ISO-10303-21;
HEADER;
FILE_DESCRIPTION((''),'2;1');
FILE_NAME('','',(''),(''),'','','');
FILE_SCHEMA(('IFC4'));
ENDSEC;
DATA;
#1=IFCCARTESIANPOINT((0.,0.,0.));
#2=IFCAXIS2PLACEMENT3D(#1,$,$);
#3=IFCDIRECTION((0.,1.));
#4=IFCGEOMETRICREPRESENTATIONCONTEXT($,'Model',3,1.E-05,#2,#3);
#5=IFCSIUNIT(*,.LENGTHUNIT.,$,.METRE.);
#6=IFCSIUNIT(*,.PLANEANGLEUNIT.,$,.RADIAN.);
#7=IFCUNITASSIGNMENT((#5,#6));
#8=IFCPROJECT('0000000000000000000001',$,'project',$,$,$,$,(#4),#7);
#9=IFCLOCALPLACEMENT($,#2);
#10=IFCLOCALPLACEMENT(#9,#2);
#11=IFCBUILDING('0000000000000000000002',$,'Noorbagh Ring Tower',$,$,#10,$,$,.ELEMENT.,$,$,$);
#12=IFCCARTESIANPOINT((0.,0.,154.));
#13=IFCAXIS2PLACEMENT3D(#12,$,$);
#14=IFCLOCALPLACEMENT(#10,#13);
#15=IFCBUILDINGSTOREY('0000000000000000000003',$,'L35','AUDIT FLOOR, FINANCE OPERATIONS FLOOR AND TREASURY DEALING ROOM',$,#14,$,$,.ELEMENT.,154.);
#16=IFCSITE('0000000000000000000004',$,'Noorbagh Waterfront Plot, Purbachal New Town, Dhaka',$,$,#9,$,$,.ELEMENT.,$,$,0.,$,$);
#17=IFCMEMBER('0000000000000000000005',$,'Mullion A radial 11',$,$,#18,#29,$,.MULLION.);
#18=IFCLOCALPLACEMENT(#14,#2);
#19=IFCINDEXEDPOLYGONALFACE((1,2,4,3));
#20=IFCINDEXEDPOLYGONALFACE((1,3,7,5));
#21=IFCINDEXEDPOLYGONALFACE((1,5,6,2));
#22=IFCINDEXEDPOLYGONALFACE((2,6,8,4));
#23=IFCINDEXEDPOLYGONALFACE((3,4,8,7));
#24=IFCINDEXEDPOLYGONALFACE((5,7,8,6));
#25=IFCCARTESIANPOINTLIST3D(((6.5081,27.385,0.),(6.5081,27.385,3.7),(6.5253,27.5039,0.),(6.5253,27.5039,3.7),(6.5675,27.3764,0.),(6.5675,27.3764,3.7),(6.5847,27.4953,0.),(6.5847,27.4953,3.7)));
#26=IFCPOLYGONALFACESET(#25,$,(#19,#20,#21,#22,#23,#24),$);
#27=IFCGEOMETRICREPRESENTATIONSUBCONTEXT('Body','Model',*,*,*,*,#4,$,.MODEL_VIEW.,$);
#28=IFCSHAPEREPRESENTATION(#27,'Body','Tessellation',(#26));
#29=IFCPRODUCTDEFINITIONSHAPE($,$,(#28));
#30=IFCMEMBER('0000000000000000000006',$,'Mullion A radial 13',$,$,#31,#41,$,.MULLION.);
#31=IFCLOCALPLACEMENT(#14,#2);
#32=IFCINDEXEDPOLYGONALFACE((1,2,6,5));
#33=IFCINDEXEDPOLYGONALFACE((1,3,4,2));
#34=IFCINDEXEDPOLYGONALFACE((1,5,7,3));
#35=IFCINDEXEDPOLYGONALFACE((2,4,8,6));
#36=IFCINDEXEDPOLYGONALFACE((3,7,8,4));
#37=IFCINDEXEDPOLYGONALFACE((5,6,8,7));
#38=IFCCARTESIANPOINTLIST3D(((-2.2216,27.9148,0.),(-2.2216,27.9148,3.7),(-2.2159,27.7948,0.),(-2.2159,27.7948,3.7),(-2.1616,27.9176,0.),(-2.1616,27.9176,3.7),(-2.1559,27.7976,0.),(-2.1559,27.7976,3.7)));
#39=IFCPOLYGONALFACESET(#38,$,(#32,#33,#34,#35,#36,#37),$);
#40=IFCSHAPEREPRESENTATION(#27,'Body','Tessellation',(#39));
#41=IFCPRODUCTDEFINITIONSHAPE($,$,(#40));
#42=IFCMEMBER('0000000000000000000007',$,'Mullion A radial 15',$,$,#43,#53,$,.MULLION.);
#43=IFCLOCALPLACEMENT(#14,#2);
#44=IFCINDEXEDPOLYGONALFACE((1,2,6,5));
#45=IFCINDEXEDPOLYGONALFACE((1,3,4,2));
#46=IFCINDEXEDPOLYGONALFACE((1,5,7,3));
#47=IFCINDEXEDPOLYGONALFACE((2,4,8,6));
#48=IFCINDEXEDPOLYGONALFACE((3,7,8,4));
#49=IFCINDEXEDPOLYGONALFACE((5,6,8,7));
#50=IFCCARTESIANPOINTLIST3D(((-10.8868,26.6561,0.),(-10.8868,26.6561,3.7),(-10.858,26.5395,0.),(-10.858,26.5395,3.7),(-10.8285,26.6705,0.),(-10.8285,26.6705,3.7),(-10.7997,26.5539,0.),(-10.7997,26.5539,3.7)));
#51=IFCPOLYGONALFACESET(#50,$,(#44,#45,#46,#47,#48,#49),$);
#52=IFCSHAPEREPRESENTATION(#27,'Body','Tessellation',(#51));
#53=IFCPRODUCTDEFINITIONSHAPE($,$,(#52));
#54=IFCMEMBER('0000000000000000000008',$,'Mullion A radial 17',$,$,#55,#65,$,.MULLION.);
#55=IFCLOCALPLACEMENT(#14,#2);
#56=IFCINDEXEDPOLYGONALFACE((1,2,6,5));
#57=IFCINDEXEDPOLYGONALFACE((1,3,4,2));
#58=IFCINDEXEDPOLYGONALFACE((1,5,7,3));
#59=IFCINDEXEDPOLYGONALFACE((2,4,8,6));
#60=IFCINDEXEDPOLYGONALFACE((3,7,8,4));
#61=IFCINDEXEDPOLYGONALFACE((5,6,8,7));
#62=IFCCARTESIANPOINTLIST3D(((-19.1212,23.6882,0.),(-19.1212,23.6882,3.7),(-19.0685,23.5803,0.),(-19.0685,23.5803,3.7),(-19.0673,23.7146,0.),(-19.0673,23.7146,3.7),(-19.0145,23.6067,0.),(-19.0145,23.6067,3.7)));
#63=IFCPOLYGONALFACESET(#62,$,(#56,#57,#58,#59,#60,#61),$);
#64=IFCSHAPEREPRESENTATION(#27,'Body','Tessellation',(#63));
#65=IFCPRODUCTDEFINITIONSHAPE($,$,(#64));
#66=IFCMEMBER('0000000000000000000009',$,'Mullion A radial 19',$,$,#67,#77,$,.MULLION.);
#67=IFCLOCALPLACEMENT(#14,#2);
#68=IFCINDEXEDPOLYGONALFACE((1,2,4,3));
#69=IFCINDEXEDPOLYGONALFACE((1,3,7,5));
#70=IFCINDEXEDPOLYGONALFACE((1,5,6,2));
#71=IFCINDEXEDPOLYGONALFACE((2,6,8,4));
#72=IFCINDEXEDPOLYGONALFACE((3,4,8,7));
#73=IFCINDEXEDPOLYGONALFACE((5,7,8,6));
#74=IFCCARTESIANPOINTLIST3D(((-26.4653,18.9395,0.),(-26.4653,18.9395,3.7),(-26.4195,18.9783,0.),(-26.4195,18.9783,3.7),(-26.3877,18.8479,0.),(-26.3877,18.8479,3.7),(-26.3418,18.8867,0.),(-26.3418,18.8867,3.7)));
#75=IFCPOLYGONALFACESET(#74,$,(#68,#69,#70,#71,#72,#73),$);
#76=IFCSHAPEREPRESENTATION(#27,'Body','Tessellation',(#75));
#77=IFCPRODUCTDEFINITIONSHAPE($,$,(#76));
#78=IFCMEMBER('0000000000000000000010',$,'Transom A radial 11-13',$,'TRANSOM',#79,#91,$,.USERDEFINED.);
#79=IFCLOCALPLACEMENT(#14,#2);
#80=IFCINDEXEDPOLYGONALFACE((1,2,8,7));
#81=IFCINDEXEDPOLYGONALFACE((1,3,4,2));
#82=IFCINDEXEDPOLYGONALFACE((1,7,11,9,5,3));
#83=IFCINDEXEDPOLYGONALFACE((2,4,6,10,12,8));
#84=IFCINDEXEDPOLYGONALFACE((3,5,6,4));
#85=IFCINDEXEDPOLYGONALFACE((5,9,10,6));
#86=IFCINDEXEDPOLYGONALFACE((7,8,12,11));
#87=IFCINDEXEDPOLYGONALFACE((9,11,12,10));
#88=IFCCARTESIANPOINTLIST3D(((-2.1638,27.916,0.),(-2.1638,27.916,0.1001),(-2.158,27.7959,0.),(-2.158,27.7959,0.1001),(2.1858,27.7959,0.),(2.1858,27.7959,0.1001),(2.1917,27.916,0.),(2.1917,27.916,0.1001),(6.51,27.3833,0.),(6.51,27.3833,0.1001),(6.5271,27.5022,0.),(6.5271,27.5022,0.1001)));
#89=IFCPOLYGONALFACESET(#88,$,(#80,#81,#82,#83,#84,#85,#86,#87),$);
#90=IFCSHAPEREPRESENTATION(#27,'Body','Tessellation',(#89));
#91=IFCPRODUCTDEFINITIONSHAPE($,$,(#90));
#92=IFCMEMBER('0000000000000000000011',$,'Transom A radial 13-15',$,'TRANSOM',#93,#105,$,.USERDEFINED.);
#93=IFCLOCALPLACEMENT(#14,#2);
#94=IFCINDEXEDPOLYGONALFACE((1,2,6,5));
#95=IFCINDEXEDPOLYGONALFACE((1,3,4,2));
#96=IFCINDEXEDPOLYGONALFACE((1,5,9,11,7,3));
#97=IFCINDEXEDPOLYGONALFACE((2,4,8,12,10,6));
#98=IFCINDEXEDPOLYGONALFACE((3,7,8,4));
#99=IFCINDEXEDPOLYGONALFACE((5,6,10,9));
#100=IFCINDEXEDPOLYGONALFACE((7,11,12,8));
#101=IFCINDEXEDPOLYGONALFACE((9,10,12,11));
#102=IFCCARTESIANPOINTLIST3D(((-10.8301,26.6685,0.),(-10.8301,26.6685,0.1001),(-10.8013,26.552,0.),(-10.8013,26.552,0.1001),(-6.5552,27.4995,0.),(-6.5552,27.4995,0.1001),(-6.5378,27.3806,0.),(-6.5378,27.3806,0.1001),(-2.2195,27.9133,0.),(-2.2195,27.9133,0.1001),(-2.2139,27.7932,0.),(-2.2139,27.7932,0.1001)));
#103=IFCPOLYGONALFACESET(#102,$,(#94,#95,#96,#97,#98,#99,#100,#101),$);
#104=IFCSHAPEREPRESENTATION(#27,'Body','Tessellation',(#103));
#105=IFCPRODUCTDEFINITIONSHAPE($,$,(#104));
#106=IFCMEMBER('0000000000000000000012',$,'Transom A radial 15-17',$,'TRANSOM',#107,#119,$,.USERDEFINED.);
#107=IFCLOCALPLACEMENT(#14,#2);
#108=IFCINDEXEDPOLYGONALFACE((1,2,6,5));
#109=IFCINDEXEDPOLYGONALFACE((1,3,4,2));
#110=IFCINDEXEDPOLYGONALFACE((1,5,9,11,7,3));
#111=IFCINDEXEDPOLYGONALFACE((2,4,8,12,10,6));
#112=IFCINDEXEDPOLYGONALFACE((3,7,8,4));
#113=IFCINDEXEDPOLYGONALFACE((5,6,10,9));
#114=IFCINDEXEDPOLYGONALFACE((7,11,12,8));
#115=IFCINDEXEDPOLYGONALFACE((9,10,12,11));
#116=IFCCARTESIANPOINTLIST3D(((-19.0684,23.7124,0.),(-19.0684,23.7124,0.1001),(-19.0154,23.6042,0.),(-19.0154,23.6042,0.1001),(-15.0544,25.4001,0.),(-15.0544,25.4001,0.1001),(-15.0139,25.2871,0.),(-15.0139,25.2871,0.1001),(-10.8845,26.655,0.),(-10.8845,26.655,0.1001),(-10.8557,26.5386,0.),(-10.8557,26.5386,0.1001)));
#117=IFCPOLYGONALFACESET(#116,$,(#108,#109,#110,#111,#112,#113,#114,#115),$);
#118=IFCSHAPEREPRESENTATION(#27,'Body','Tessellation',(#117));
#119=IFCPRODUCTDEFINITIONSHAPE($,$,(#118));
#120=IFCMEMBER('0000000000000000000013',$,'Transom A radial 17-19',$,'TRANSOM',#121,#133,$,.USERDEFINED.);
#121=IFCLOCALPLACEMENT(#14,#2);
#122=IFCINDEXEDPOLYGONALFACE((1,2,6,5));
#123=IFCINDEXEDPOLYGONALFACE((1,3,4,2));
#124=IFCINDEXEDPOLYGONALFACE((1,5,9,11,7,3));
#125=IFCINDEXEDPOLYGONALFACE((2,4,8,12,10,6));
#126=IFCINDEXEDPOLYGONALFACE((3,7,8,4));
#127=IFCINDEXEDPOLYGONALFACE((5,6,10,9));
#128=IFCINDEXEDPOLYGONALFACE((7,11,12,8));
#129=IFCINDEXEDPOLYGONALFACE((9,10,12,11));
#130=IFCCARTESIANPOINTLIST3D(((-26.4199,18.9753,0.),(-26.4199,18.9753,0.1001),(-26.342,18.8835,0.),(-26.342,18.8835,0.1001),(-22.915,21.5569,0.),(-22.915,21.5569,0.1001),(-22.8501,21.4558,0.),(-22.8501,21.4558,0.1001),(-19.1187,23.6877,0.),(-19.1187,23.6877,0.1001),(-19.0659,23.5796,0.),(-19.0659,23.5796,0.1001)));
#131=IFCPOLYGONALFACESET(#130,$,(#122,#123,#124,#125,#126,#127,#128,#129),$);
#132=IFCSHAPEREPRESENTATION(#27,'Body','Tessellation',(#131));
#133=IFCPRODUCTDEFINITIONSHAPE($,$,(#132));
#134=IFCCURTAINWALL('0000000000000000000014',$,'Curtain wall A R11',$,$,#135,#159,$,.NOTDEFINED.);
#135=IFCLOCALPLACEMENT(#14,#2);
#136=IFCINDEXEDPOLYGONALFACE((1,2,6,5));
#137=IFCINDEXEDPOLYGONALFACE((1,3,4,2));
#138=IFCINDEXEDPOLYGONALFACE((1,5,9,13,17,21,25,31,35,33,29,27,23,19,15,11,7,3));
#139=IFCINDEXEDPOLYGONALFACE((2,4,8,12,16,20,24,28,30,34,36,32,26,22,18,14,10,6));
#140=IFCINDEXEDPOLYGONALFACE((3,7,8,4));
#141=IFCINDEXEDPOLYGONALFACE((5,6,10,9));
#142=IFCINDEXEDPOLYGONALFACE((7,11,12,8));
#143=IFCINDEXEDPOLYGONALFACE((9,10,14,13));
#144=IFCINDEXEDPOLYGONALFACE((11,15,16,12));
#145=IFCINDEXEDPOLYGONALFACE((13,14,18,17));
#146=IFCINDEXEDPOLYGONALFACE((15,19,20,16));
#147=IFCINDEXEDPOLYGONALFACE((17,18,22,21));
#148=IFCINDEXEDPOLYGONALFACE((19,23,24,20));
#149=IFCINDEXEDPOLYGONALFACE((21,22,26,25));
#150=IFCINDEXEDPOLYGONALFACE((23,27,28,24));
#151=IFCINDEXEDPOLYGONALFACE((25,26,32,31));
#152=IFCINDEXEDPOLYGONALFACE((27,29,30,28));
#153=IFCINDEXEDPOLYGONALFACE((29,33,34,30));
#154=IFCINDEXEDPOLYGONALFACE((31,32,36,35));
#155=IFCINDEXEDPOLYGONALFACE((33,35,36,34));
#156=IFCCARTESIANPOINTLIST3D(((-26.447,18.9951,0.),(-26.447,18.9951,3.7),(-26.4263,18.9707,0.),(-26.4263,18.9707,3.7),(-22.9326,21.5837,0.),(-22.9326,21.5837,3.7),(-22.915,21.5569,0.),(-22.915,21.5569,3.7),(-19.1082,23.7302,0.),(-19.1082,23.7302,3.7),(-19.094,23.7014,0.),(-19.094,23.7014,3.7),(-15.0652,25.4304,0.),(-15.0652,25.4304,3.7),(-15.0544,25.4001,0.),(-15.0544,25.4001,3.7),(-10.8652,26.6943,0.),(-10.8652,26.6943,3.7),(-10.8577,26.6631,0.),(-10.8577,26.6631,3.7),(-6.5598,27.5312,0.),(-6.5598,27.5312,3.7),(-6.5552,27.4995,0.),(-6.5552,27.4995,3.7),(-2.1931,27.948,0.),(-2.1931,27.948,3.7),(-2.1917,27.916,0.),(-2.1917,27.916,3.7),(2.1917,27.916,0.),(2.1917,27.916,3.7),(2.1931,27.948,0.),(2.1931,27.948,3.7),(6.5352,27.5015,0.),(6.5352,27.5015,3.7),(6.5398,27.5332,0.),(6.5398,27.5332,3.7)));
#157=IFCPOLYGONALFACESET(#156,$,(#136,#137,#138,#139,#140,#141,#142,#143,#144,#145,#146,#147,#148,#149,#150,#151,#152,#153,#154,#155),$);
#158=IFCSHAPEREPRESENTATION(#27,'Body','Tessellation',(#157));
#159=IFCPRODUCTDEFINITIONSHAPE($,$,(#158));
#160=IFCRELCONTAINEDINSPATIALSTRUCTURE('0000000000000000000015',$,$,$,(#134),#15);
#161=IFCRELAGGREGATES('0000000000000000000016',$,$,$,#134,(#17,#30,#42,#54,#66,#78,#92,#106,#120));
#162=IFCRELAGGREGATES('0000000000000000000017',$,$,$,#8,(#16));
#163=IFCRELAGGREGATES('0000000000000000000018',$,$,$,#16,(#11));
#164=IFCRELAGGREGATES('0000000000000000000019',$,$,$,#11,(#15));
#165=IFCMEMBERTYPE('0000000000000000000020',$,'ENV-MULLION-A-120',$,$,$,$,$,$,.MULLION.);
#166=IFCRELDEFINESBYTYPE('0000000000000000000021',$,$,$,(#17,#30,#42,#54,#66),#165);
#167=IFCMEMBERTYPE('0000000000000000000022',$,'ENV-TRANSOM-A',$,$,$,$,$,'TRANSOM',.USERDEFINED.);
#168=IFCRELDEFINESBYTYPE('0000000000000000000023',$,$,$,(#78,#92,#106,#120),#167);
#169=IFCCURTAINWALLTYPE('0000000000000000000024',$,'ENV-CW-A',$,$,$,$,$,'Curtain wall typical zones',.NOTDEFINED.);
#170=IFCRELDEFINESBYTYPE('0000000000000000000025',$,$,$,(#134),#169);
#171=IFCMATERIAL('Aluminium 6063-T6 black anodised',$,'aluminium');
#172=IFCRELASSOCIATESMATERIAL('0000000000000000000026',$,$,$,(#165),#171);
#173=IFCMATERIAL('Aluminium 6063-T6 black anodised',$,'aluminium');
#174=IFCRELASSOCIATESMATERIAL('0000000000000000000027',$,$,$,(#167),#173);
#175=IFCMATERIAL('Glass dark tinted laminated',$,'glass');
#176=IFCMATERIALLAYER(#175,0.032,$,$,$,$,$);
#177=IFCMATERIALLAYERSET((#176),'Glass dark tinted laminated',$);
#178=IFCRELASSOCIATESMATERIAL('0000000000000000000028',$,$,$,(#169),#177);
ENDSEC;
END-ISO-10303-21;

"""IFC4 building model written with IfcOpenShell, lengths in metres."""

from ifc_helpers import new_model, si_unit, direction, frame, origin, origin_2d, place, context, subcontext, project, spatial, polyline, rectangle, outline, extrude, material, layer, layer_set, material_profile, profile_set, type_object, element, aggregate, save


model = new_model("IFC4")

# Units and contexts
model_context = context("Model", 3, precision=1e-05, world=origin(), true_north=direction((0.0, 1.0)))
body_context = subcontext(model_context, "Body", "Model", "MODEL_VIEW")
ifc_project = project(units=[si_unit("LENGTHUNIT", "METRE"), si_unit("PLANEANGLEUNIT", "RADIAN")], contexts=[model_context])

# Members
ifc_material_1 = material(Name="Aluminium 6063-T6 black anodised", Category="aluminium")
ifc_material_profile = material_profile(ifc_material_1, rectangle(XDim=0.1201, YDim=0.0601, at=origin_2d()), Name="120x60")
ifc_profile_set = profile_set([ifc_material_profile], Name="Aluminium 6063-T6 black anodised")
member_type_1 = type_object("IfcMemberType", Name="ENV-MULLION-A-120", PredefinedType="MULLION", material=ifc_profile_set)
site_placement = place(None, origin())
building_placement = place(site_placement, origin())
storey_placement = place(building_placement, frame((0.0, 0.0, 154.0)))
member_1_placement = place(storey_placement, frame((6.5464, 27.4402, 0.0), z_axis=(0.0, 0.0, 1.0), x_axis=(-0.143082, -0.989711, 0.0)))
member_1 = element("IfcMember", 1, at=member_1_placement, type_object=member_type_1, Name="Mullion A radial 11", PredefinedType="MULLION", context=body_context, shape_type="SweptSolid", body=[
    extrude(rectangle(XDim=0.1201, YDim=0.0601, at=origin_2d()), origin(), (0.0, 0.0, 1.0), 3.7),
])
member_2_placement = place(storey_placement, frame((-2.1887, 27.8562, 0.0), z_axis=(0.0, 0.0, 1.0), x_axis=(0.047558, -0.998868, 0.0)))
member_2 = element("IfcMember", 2, at=member_2_placement, type_object=member_type_1, Name="Mullion A radial 13", PredefinedType="MULLION", context=body_context, shape_type="SweptSolid", body=[
    extrude(rectangle(XDim=0.1201, YDim=0.0601, at=origin_2d()), origin(), (0.0, 0.0, 1.0), 3.7),
])
member_3_placement = place(storey_placement, frame((-10.8433, 26.605, 0.0), z_axis=(0.0, 0.0, 1.0), x_axis=(0.239799, -0.970823, 0.0)))
member_3 = element("IfcMember", 3, at=member_3_placement, type_object=member_type_1, Name="Mullion A radial 15", PredefinedType="MULLION", context=body_context, shape_type="SweptSolid", body=[
    extrude(rectangle(XDim=0.1201, YDim=0.0601, at=origin_2d()), origin(), (0.0, 0.0, 1.0), 3.7),
])
member_4_placement = place(storey_placement, frame((-19.0679, 23.6475, 0.0), z_axis=(0.0, 0.0, 1.0), x_axis=(0.439238, -0.898371, 0.0)))
member_4 = element("IfcMember", 4, at=member_4_placement, type_object=member_type_1, Name="Mullion A radial 17", PredefinedType="MULLION", context=body_context, shape_type="SweptSolid", body=[
    extrude(rectangle(XDim=0.1201, YDim=0.0601, at=origin_2d()), origin(), (0.0, 0.0, 1.0), 3.7),
])
member_5_placement = place(storey_placement, frame((-26.4036, 18.9131, 0.0), z_axis=(0.0, 0.0, 1.0), x_axis=(0.646451, -0.762955, 0.0)))
member_5 = element("IfcMember", 5, at=member_5_placement, type_object=member_type_1, Name="Mullion A radial 19", PredefinedType="MULLION", context=body_context, shape_type="SweptSolid", body=[
    extrude(rectangle(XDim=0.1201, YDim=0.0601, at=origin_2d()), origin(), (0.0, 0.0, 1.0), 3.7),
])
ifc_material_2 = material(Name="Aluminium 6063-T6 black anodised", Category="aluminium")
member_type_2 = type_object("IfcMemberType", Name="ENV-TRANSOM-A", ElementType="TRANSOM", PredefinedType="USERDEFINED", material=ifc_material_2)
member_6_placement = place(storey_placement, origin())
member_6 = element("IfcMember", 6, at=member_6_placement, type_object=member_type_2, Name="Transom A radial 11-13", ObjectType="TRANSOM", PredefinedType="USERDEFINED", context=body_context, shape_type="SweptSolid", body=[
    extrude(outline(polyline([(6.5271, 27.5022), (2.1917, 27.916), (-2.1638, 27.916), (-2.158, 27.7959), (2.1858, 27.7959), (6.51, 27.3833), (6.5271, 27.5022)])), origin(), (0.0, 0.0, 1.0), 0.1001),
])
member_7_placement = place(storey_placement, origin())
member_7 = element("IfcMember", 7, at=member_7_placement, type_object=member_type_2, Name="Transom A radial 13-15", ObjectType="TRANSOM", PredefinedType="USERDEFINED", context=body_context, shape_type="SweptSolid", body=[
    extrude(outline(polyline([(-2.2195, 27.9133), (-6.5552, 27.4995), (-10.8301, 26.6685), (-10.8013, 26.552), (-6.5378, 27.3806), (-2.2139, 27.7932), (-2.2195, 27.9133)])), origin(), (0.0, 0.0, 1.0), 0.1001),
])
member_8_placement = place(storey_placement, origin())
member_8 = element("IfcMember", 8, at=member_8_placement, type_object=member_type_2, Name="Transom A radial 15-17", ObjectType="TRANSOM", PredefinedType="USERDEFINED", context=body_context, shape_type="SweptSolid", body=[
    extrude(outline(polyline([(-10.8845, 26.655), (-15.0544, 25.4001), (-19.0684, 23.7124), (-19.0154, 23.6042), (-15.0139, 25.2871), (-10.8557, 26.5386), (-10.8845, 26.655)])), origin(), (0.0, 0.0, 1.0), 0.1001),
])
member_9_placement = place(storey_placement, origin())
member_9 = element("IfcMember", 9, at=member_9_placement, type_object=member_type_2, Name="Transom A radial 17-19", ObjectType="TRANSOM", PredefinedType="USERDEFINED", context=body_context, shape_type="SweptSolid", body=[
    extrude(outline(polyline([(-19.1187, 23.6877), (-22.915, 21.5569), (-26.4199, 18.9753), (-26.342, 18.8835), (-22.8501, 21.4558), (-19.0659, 23.5796), (-19.1187, 23.6877)])), origin(), (0.0, 0.0, 1.0), 0.1001),
])

# Site, building, storey
site = spatial("IfcSite", under=ifc_project, at=site_placement, Name="Noorbagh Waterfront Plot, Purbachal New Town, Dhaka", CompositionType="ELEMENT", RefElevation=0.0)
building = spatial("IfcBuilding", under=site, at=building_placement, Name="Noorbagh Ring Tower", CompositionType="ELEMENT")
storey = spatial("IfcBuildingStorey", under=building, at=storey_placement, Name="L35", Description="AUDIT FLOOR, FINANCE OPERATIONS FLOOR AND TREASURY DEALING ROOM", CompositionType="ELEMENT", Elevation=154.0)

# Curtain wall
ifc_material_3 = material(Name="Glass dark tinted laminated", Category="glass")
ifc_layer_1 = layer(ifc_material_3, 0.032)
ifc_layer_set_1 = layer_set([ifc_layer_1], Name="Glass dark tinted laminated")
curtain_wall_type = type_object("IfcCurtainWallType", Name="ENV-CW-A", ElementType="Curtain wall typical zones", PredefinedType="NOTDEFINED", material=ifc_layer_set_1)
curtain_wall_placement = place(storey_placement, origin())
curtain_wall = element("IfcCurtainWall", 10, at=curtain_wall_placement, inside=storey, type_object=curtain_wall_type, Name="Curtain wall A R11", PredefinedType="NOTDEFINED", context=body_context, shape_type="SweptSolid", body=[
    extrude(outline(polyline([(6.5398, 27.5332), (2.1931, 27.948), (-2.1931, 27.948), (-6.5598, 27.5312), (-10.8652, 26.6943), (-15.0652, 25.4304), (-19.1082, 23.7302), (-22.9326, 21.5837), (-26.447, 18.9951), (-26.4263, 18.9707), (-22.915, 21.5569), (-19.094, 23.7014), (-15.0544, 25.4001), (-10.8577, 26.6631), (-6.5552, 27.4995), (-2.1917, 27.916), (2.1917, 27.916), (6.5352, 27.5015), (6.5398, 27.5332)])), origin(), (0.0, 0.0, 1.0), 3.7),
])
aggregate(curtain_wall, [member_1, member_2, member_3, member_4, member_5, member_6, member_7, member_8, member_9])

save(model, "model.ifc")
